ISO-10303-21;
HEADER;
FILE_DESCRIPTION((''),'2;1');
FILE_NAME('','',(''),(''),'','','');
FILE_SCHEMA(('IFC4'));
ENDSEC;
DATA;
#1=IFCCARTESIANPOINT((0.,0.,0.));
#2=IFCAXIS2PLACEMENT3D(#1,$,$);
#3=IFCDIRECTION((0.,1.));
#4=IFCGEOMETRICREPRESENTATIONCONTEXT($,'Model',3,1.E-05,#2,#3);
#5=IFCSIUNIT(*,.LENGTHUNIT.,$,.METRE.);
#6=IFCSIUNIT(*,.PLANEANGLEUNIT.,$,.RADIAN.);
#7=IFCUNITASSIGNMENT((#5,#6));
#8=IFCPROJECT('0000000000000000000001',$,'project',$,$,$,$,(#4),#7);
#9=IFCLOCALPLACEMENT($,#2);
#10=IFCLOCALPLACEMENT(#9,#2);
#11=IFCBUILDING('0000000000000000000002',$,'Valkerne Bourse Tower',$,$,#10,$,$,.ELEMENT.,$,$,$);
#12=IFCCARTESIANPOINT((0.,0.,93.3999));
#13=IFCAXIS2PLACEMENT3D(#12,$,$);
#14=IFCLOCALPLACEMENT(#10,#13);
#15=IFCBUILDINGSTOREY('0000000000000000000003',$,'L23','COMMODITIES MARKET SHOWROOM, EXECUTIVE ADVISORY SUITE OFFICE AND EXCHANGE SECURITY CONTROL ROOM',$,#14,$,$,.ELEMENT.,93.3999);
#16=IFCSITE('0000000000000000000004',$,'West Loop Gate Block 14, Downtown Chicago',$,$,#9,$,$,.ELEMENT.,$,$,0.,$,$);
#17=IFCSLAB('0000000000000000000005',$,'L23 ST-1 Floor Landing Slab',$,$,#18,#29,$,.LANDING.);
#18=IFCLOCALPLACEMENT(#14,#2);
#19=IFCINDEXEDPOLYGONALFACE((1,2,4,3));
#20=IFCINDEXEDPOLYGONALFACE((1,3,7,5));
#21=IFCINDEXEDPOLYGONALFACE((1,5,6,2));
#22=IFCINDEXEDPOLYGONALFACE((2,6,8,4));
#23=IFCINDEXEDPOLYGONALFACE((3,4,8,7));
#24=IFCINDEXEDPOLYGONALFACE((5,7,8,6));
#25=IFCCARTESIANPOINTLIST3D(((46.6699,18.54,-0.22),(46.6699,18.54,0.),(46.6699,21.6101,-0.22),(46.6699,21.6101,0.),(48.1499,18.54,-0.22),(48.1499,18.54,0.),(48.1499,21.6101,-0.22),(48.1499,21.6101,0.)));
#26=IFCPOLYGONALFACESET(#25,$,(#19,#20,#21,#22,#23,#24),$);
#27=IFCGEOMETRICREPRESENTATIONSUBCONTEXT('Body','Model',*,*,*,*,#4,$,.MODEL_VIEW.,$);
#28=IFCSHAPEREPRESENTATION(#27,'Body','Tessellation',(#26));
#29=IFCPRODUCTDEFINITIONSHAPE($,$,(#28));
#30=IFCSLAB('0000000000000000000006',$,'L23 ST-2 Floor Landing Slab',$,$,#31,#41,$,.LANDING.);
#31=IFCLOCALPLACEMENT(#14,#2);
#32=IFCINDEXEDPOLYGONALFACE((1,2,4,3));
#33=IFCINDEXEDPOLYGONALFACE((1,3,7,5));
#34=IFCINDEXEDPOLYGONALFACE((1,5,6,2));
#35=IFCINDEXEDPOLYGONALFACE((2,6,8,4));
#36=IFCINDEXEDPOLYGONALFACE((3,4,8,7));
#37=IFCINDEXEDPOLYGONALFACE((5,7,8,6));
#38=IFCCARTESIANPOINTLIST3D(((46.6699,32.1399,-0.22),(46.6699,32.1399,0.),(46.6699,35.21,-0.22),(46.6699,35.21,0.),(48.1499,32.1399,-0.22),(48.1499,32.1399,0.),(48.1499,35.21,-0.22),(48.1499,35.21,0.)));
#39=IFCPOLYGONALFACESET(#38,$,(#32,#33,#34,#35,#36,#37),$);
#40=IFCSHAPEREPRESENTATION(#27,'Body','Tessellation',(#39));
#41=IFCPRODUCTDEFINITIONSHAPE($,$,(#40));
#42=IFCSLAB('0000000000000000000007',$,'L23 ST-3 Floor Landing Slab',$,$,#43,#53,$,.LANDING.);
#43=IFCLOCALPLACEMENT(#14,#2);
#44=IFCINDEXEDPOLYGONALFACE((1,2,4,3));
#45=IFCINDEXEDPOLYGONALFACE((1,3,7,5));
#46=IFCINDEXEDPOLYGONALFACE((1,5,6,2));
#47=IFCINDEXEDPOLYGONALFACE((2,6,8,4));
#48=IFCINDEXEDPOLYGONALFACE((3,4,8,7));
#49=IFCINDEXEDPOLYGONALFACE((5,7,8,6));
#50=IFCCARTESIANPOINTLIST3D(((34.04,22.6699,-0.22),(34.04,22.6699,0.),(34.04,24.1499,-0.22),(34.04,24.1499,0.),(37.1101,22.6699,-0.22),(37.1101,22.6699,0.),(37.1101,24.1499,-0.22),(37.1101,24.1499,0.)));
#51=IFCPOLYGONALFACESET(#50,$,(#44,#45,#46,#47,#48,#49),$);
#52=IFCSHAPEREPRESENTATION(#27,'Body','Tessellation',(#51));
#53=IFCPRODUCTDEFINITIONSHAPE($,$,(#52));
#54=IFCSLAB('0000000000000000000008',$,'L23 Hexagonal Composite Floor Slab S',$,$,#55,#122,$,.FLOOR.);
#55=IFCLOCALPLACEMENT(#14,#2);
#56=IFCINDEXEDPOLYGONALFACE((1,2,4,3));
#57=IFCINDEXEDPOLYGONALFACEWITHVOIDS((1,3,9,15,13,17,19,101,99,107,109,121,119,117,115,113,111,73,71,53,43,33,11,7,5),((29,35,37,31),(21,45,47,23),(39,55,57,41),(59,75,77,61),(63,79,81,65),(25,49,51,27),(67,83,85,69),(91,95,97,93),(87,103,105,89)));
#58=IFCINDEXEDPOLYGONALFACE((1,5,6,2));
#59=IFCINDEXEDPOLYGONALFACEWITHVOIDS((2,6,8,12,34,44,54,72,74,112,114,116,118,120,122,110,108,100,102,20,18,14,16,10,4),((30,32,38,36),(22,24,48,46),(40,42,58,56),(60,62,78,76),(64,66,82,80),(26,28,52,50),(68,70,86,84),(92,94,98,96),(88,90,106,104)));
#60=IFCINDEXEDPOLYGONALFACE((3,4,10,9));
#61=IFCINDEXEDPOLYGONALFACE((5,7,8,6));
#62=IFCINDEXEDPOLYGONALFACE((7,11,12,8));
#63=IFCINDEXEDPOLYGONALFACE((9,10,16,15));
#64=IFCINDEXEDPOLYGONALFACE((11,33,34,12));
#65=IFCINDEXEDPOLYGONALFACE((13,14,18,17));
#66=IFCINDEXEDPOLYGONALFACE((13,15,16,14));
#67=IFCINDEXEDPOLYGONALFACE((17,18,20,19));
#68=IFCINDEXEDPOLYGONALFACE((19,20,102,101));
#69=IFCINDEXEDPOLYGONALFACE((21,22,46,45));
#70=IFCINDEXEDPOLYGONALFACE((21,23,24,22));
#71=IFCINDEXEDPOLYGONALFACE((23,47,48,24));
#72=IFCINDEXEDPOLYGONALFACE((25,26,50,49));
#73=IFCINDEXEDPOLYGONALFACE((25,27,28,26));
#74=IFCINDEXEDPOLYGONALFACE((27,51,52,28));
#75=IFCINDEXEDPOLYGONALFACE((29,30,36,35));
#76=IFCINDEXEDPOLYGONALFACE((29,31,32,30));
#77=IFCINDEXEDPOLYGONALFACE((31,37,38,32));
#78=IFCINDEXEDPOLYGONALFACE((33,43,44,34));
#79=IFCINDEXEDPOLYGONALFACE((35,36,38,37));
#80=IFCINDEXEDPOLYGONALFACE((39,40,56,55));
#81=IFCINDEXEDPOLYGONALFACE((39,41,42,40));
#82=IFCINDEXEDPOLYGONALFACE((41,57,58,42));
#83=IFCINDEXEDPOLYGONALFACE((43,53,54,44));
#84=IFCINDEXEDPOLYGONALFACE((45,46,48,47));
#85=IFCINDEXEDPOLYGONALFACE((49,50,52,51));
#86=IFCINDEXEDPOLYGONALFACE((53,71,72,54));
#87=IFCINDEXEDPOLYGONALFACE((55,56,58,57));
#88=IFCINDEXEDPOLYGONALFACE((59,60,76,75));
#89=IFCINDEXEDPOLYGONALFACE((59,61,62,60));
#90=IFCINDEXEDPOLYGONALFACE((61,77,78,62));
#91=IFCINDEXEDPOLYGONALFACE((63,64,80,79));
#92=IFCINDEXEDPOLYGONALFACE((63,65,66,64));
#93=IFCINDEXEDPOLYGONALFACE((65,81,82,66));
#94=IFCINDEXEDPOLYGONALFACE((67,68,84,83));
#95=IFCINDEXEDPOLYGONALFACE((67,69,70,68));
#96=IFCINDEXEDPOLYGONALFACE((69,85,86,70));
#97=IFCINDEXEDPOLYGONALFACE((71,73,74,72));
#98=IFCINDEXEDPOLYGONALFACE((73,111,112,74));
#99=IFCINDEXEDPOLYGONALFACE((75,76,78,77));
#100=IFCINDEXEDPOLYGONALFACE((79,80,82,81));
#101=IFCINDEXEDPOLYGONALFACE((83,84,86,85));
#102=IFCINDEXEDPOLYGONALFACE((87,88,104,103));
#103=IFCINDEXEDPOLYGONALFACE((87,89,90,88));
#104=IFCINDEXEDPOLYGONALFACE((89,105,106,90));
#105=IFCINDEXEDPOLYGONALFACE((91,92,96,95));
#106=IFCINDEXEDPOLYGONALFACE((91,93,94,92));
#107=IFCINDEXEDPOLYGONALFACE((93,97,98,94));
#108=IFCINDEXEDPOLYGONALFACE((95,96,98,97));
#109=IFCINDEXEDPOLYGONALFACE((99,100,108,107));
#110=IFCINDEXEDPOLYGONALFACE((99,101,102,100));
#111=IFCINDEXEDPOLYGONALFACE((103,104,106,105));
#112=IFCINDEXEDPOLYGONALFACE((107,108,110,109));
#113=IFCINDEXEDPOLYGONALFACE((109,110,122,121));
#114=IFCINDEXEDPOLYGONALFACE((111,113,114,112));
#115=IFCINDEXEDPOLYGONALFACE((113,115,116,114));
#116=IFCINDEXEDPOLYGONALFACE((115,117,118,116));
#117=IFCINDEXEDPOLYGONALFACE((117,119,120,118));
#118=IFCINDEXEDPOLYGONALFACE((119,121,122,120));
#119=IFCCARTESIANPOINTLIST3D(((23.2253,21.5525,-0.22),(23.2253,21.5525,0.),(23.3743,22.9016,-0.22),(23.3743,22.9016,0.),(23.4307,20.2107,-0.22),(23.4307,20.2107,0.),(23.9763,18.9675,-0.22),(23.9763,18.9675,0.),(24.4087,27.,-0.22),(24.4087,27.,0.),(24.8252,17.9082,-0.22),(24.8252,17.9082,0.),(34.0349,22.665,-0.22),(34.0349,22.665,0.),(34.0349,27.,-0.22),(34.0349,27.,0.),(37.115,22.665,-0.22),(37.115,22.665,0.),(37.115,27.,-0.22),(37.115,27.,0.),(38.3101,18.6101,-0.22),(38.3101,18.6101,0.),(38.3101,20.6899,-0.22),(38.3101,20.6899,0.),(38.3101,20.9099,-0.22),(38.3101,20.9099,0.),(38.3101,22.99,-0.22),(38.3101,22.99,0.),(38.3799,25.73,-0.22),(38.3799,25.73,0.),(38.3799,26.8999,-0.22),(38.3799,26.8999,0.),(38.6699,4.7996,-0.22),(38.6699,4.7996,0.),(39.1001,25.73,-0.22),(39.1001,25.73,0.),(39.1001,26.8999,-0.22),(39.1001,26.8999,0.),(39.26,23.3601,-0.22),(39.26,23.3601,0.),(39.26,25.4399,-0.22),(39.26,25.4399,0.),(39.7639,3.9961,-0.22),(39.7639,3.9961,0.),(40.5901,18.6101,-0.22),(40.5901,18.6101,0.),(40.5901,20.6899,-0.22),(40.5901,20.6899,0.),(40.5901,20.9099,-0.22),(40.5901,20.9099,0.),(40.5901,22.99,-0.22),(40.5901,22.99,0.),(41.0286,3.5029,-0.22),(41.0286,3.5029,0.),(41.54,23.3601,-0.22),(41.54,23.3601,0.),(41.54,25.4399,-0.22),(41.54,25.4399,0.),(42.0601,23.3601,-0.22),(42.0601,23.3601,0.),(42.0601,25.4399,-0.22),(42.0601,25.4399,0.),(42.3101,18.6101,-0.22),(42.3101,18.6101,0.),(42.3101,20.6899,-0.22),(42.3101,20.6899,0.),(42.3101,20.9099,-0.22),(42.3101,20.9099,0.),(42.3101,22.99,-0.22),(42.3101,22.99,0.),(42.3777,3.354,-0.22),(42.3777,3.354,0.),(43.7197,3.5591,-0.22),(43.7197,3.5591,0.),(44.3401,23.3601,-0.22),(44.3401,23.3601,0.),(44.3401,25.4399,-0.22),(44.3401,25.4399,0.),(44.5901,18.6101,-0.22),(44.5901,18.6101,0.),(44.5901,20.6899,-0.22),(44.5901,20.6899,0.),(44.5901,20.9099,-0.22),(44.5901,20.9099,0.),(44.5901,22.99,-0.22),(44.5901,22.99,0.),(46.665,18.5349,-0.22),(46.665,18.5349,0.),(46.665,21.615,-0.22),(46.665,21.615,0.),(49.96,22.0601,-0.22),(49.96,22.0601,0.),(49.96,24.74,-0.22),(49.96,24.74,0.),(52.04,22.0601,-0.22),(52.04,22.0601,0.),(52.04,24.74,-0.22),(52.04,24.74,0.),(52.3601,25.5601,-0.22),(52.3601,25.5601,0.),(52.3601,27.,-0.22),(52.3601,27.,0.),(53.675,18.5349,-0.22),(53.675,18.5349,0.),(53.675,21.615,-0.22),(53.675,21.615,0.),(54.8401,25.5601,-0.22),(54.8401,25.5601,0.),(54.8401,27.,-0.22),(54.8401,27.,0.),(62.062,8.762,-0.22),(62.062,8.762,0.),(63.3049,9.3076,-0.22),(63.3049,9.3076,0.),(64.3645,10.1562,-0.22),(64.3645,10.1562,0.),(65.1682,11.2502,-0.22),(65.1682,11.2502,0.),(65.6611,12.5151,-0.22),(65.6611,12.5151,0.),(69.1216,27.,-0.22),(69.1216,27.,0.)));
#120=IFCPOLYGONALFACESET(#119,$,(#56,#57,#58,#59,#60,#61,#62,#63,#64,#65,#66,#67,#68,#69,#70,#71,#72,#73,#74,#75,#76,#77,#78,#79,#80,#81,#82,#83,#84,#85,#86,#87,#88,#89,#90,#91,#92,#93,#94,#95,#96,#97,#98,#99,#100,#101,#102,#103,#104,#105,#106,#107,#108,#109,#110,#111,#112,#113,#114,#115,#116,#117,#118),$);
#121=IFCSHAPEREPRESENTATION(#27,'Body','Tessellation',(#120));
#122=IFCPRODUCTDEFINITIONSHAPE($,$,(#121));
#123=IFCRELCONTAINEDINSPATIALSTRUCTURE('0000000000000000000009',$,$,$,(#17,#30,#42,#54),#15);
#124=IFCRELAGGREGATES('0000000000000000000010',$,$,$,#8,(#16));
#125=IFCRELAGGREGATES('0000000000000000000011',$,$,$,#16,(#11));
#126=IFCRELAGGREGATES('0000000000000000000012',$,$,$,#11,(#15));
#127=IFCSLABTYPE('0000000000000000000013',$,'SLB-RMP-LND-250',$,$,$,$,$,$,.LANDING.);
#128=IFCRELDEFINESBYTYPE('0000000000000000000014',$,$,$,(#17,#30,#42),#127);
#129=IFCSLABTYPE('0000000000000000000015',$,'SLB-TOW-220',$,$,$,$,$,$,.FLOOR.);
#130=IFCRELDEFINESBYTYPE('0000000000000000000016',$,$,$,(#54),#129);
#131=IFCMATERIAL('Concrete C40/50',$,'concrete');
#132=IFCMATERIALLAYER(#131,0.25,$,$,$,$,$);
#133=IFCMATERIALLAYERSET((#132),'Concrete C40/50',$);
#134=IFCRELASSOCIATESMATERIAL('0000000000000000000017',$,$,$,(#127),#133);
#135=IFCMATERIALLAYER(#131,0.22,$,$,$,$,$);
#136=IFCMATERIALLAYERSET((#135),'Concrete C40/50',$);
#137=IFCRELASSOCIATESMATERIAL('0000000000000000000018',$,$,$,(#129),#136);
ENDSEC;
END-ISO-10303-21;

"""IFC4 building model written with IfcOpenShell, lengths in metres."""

from ifc_helpers import new_model, si_unit, direction, frame, origin, place, context, subcontext, project, spatial, polyline, outline, extrude, material, layer, layer_set, type_object, element, save


model = new_model("IFC4")

# Units and contexts
model_context = context("Model", 3, precision=1e-05, world=origin(), true_north=direction((0.0, 1.0)))
body_context = subcontext(model_context, "Body", "Model", "MODEL_VIEW")
ifc_project = project(units=[si_unit("LENGTHUNIT", "METRE"), si_unit("PLANEANGLEUNIT", "RADIAN")], contexts=[model_context])

# Site, building, storey
site_placement = place(None, origin())
site = spatial("IfcSite", under=ifc_project, at=site_placement, Name="West Loop Gate Block 14, Downtown Chicago", CompositionType="ELEMENT", RefElevation=0.0)
building_placement = place(site_placement, origin())
building = spatial("IfcBuilding", under=site, at=building_placement, Name="Valkerne Bourse Tower", CompositionType="ELEMENT")
storey_placement = place(building_placement, frame((0.0, 0.0, 93.3999)))
storey = spatial("IfcBuildingStorey", under=building, at=storey_placement, Name="L23", Description="COMMODITIES MARKET SHOWROOM, EXECUTIVE ADVISORY SUITE OFFICE AND EXCHANGE SECURITY CONTROL ROOM", CompositionType="ELEMENT", Elevation=93.3999)

# Slabs
ifc_material_1 = material(Name="Concrete C40/50", Category="concrete")
ifc_layer_1 = layer(ifc_material_1, 0.25)
ifc_layer_set_1 = layer_set([ifc_layer_1], Name="Concrete C40/50")
slab_type_1 = type_object("IfcSlabType", Name="SLB-RMP-LND-250", PredefinedType="LANDING", material=ifc_layer_set_1)
slab_1_placement = place(storey_placement, frame((0.0, 0.0, -0.22)))
element("IfcSlab", 1, at=slab_1_placement, inside=storey, type_object=slab_type_1, Name="L23 ST-1 Floor Landing Slab", PredefinedType="LANDING", context=body_context, shape_type="SweptSolid", body=[
    extrude(outline(polyline([(46.6699, 18.54), (48.1499, 18.54), (48.1499, 21.6101), (46.6699, 21.6101), (46.6699, 18.54)])), origin(), (0.0, 0.0, 1.0), 0.22),
])
slab_2_placement = place(storey_placement, frame((0.0, 0.0, -0.22)))
element("IfcSlab", 2, at=slab_2_placement, inside=storey, type_object=slab_type_1, Name="L23 ST-2 Floor Landing Slab", PredefinedType="LANDING", context=body_context, shape_type="SweptSolid", body=[
    extrude(outline(polyline([(46.6699, 32.1399), (48.1499, 32.1399), (48.1499, 35.21), (46.6699, 35.21), (46.6699, 32.1399)])), origin(), (0.0, 0.0, 1.0), 0.22),
])
slab_3_placement = place(storey_placement, frame((0.0, 0.0, -0.22)))
element("IfcSlab", 3, at=slab_3_placement, inside=storey, type_object=slab_type_1, Name="L23 ST-3 Floor Landing Slab", PredefinedType="LANDING", context=body_context, shape_type="SweptSolid", body=[
    extrude(outline(polyline([(37.1101, 22.6699), (37.1101, 24.1499), (34.04, 24.1499), (34.04, 22.6699), (37.1101, 22.6699)])), origin(), (0.0, 0.0, 1.0), 0.22),
])
ifc_layer_2 = layer(ifc_material_1, 0.22)
ifc_layer_set_2 = layer_set([ifc_layer_2], Name="Concrete C40/50")
slab_type_2 = type_object("IfcSlabType", Name="SLB-TOW-220", PredefinedType="FLOOR", material=ifc_layer_set_2)
slab_4_placement = place(storey_placement, frame((0.0, 0.0, -0.22)))
element("IfcSlab", 4, at=slab_4_placement, inside=storey, type_object=slab_type_2, Name="L23 Hexagonal Composite Floor Slab S", PredefinedType="FLOOR", context=body_context, shape_type="SweptSolid", body=[
    extrude(outline(polyline([(65.1682, 11.2502), (64.3645, 10.1562), (63.3049, 9.3076), (62.062, 8.762), (43.7197, 3.5591), (42.3777, 3.354), (41.0286, 3.5029), (39.7639, 3.9961), (38.6699, 4.7996), (24.8252, 17.9082), (23.9763, 18.9675), (23.4307, 20.2107), (23.2253, 21.5525), (23.3743, 22.9016), (24.4087, 27.0), (34.0349, 27.0), (34.0349, 22.665), (37.115, 22.665), (37.115, 27.0), (52.3601, 27.0), (52.3601, 25.5601), (54.8401, 25.5601), (54.8401, 27.0), (69.1216, 27.0), (65.6611, 12.5151), (65.1682, 11.2502)]), holes=[polyline([(40.5901, 20.6899), (38.3101, 20.6899), (38.3101, 18.6101), (40.5901, 18.6101), (40.5901, 20.6899)]), polyline([(40.5901, 22.99), (38.3101, 22.99), (38.3101, 20.9099), (40.5901, 20.9099), (40.5901, 22.99)]), polyline([(41.54, 25.4399), (39.26, 25.4399), (39.26, 23.3601), (41.54, 23.3601), (41.54, 25.4399)]), polyline([(39.1001, 25.73), (39.1001, 26.8999), (38.3799, 26.8999), (38.3799, 25.73), (39.1001, 25.73)]), polyline([(44.5901, 20.6899), (42.3101, 20.6899), (42.3101, 18.6101), (44.5901, 18.6101), (44.5901, 20.6899)]), polyline([(53.675, 21.615), (46.665, 21.615), (46.665, 18.5349), (53.675, 18.5349), (53.675, 21.615)]), polyline([(44.5901, 22.99), (42.3101, 22.99), (42.3101, 20.9099), (44.5901, 20.9099), (44.5901, 22.99)]), polyline([(52.04, 22.0601), (52.04, 24.74), (49.96, 24.74), (49.96, 22.0601), (52.04, 22.0601)]), polyline([(44.3401, 23.3601), (44.3401, 25.4399), (42.0601, 25.4399), (42.0601, 23.3601), (44.3401, 23.3601)])]), origin(), (0.0, 0.0, 1.0), 0.22),
])

save(model, "model.ifc")
